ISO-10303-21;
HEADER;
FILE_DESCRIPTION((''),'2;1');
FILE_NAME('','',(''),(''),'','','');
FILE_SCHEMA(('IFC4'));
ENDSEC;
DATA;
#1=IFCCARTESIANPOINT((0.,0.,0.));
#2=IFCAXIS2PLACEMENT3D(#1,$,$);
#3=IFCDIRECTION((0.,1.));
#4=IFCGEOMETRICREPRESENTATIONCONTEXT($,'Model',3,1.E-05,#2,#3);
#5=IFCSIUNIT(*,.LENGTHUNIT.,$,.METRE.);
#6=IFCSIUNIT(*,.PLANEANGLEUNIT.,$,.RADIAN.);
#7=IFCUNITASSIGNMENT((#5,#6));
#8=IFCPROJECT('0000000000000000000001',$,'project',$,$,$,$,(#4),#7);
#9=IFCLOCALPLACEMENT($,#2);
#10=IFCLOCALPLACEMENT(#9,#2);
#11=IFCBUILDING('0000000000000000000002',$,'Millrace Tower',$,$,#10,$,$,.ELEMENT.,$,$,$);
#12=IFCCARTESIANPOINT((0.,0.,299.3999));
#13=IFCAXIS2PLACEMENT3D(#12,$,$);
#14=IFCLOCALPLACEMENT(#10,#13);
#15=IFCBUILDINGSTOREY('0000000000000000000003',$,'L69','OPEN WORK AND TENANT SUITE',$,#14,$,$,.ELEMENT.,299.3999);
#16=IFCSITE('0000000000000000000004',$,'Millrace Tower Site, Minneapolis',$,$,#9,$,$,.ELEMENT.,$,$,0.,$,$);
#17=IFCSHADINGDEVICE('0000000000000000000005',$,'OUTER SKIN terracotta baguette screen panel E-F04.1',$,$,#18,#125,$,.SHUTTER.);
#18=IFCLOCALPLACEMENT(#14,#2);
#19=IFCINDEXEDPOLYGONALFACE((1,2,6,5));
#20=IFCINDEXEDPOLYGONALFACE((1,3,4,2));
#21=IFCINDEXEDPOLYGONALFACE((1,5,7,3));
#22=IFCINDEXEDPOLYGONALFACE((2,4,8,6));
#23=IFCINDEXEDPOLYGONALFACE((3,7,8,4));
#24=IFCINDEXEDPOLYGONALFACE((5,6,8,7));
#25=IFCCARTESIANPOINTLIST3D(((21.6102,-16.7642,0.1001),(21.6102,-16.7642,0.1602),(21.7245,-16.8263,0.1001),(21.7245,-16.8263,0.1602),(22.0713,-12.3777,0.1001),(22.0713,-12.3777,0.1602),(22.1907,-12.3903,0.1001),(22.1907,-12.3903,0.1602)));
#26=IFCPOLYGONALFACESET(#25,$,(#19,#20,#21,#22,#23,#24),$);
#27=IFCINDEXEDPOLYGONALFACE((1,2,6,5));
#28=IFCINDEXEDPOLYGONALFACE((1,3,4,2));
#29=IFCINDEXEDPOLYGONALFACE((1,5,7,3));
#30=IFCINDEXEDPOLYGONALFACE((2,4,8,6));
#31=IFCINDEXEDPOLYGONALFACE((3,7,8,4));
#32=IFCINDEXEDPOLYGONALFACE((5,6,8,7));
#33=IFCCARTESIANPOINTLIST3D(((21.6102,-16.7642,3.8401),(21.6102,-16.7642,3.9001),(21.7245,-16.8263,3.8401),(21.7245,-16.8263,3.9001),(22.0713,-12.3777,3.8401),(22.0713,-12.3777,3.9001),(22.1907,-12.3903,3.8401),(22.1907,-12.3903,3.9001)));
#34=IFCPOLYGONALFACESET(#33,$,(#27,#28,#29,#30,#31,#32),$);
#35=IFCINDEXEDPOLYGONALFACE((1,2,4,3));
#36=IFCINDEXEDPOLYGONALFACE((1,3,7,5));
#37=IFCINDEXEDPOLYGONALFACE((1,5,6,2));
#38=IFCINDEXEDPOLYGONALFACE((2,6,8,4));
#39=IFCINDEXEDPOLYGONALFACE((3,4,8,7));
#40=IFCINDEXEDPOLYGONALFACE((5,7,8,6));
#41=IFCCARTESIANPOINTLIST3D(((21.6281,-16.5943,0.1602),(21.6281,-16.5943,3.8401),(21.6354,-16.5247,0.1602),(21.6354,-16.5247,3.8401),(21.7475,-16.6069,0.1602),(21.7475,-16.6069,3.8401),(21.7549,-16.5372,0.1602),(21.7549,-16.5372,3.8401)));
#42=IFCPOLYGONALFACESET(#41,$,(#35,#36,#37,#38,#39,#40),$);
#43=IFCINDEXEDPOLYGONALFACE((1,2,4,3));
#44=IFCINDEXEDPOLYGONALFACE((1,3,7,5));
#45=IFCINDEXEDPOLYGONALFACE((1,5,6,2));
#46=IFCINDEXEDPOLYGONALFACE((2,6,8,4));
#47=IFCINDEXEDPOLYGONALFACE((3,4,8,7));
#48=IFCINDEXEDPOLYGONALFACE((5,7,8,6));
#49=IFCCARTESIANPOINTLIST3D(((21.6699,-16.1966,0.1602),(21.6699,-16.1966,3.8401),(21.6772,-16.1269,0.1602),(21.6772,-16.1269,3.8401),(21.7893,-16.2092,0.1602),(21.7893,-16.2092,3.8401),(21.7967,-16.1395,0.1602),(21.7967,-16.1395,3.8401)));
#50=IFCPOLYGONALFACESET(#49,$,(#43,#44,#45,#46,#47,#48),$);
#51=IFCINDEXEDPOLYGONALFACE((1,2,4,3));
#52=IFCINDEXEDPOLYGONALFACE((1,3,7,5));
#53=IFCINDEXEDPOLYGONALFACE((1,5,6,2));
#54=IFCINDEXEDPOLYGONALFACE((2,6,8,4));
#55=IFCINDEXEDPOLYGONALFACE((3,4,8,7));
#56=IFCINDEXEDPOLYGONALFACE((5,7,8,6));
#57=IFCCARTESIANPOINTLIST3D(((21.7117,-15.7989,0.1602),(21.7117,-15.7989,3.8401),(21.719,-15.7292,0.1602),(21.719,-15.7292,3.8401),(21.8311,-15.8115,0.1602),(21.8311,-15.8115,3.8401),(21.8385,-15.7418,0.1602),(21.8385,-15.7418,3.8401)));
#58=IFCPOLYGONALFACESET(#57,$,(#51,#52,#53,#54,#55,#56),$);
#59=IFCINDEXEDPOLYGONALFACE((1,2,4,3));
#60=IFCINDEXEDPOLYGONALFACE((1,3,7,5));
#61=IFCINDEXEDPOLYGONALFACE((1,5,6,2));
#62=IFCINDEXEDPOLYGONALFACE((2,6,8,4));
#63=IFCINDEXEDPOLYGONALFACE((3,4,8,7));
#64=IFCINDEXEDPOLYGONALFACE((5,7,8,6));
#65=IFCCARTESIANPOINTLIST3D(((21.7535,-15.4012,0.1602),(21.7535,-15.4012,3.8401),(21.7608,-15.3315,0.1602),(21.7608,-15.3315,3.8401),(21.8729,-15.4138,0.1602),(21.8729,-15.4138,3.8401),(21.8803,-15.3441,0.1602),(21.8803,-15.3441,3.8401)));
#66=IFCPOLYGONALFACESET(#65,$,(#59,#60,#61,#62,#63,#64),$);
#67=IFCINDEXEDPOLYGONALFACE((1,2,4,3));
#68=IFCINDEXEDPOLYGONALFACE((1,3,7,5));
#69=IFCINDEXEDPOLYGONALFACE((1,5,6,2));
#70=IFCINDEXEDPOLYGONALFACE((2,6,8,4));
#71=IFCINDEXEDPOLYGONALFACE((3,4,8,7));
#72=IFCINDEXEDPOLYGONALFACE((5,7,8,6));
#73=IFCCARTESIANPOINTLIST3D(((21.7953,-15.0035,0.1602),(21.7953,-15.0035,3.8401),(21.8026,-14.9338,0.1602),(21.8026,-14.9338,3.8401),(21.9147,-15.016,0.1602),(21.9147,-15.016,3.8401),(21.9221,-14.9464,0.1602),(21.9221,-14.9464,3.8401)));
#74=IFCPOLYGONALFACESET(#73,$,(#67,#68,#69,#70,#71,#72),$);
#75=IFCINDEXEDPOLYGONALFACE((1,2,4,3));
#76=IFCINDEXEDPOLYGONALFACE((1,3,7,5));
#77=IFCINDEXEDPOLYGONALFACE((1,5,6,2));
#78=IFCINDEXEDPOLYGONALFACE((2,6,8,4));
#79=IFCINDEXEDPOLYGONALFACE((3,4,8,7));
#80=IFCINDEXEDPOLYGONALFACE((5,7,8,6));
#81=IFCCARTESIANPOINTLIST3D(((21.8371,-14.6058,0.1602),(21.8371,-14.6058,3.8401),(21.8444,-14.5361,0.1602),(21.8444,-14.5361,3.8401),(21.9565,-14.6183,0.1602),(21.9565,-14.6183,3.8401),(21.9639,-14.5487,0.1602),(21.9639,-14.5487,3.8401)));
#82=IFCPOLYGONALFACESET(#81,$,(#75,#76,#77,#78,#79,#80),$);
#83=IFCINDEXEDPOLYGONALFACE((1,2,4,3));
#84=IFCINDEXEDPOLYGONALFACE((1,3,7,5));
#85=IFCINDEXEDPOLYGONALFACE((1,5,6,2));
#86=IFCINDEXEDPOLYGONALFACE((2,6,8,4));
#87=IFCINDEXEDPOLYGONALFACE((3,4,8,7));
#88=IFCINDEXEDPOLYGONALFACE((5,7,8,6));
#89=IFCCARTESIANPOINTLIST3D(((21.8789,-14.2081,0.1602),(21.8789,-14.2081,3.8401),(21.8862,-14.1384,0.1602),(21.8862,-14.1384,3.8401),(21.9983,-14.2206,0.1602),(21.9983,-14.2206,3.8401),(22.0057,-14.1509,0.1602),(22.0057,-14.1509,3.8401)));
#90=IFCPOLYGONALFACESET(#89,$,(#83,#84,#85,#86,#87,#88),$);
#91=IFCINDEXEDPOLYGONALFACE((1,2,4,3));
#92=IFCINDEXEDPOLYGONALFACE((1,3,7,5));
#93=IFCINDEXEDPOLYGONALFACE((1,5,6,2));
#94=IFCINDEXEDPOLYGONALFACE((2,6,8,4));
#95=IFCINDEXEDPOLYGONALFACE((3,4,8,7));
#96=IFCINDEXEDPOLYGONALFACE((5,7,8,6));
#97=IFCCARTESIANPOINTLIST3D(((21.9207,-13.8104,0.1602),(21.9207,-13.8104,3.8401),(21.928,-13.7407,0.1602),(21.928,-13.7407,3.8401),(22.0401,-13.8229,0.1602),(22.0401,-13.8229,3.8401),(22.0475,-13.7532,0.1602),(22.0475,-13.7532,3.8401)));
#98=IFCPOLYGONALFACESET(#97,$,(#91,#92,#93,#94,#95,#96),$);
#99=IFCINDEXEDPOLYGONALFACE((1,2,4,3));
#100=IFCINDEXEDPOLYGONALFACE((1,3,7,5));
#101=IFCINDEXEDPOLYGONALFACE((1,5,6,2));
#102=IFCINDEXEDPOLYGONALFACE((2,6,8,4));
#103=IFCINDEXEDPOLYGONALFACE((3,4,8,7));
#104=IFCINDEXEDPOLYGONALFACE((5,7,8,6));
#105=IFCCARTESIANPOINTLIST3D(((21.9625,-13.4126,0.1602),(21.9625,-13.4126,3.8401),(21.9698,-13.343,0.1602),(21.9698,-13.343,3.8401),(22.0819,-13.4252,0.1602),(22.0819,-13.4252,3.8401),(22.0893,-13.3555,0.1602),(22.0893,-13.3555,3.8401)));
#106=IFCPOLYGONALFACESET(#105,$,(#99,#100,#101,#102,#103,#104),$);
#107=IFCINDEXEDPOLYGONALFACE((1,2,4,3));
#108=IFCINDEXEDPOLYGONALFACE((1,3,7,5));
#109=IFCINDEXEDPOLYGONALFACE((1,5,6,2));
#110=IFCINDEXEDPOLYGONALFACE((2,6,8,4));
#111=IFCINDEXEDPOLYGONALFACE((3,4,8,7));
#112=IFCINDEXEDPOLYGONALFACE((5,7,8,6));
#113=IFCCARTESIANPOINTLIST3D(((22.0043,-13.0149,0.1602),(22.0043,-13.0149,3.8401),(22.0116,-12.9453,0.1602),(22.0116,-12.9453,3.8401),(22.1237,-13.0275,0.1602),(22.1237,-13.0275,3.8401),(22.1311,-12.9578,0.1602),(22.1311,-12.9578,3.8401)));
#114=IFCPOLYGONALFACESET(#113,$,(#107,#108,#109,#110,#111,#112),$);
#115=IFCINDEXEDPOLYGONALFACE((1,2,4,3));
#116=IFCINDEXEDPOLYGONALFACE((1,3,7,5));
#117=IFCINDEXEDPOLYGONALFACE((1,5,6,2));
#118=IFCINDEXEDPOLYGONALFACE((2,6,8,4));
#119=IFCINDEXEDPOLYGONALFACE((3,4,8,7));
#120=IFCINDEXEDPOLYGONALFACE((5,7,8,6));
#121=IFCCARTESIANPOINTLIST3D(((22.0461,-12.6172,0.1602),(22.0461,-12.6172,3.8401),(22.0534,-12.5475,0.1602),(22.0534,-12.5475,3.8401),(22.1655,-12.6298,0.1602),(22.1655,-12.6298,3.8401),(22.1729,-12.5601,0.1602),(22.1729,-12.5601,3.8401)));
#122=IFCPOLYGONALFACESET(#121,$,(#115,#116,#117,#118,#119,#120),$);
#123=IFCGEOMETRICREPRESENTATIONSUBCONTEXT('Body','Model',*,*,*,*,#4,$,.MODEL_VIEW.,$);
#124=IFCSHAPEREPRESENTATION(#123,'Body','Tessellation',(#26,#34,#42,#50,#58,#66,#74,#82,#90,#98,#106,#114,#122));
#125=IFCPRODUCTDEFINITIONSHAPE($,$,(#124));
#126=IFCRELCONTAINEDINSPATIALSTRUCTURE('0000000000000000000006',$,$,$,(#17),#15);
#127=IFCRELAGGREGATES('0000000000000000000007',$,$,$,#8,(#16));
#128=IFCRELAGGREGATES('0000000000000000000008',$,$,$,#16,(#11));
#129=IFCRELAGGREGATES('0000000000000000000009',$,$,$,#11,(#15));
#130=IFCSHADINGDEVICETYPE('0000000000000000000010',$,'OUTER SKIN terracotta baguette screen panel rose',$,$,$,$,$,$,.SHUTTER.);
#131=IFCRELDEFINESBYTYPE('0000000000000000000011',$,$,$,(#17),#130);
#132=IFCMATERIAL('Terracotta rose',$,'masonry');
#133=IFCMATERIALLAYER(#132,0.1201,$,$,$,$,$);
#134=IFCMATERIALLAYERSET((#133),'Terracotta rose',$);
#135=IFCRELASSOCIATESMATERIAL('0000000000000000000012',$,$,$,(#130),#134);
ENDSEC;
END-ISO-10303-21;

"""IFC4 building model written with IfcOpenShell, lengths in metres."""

from ifc_helpers import new_model, entity, si_unit, direction, frame, frame_2d, origin, place, context, subcontext, project, spatial, rectangle, extrude, source, transform, mapped, material, layer, layer_set, type_object, element, save


model = new_model("IFC4")

# Units and contexts
model_context = context("Model", 3, precision=1e-05, world=origin(), true_north=direction((0.0, 1.0)))
body_context = subcontext(model_context, "Body", "Model", "MODEL_VIEW")
ifc_project = project(units=[si_unit("LENGTHUNIT", "METRE"), si_unit("PLANEANGLEUNIT", "RADIAN")], contexts=[model_context])

# Site, building, storey
site_placement = place(None, origin())
site = spatial("IfcSite", under=ifc_project, at=site_placement, Name="Millrace Tower Site, Minneapolis", CompositionType="ELEMENT", RefElevation=0.0)
building_placement = place(site_placement, origin())
building = spatial("IfcBuilding", under=site, at=building_placement, Name="Millrace Tower", CompositionType="ELEMENT")
storey_placement = place(building_placement, frame((0.0, 0.0, 299.3999)))
storey = spatial("IfcBuildingStorey", under=building, at=storey_placement, Name="L69", Description="OPEN WORK AND TENANT SUITE", CompositionType="ELEMENT", Elevation=299.3999)

# Shading device
ifc_material_1 = material(Name="Terracotta rose", Category="masonry")
ifc_layer_1 = layer(ifc_material_1, 0.1201)
ifc_layer_set_1 = layer_set([ifc_layer_1], Name="Terracotta rose")
shading_device_type = type_object("IfcShadingDeviceType", Name="OUTER SKIN terracotta baguette screen panel rose", PredefinedType="SHUTTER", material=ifc_layer_set_1)
cartesian_point_1 = entity("IfcCartesianPoint", [-2.1929, 0.0601])
shared_polyline_1 = entity("IfcPolyline", [cartesian_point_1, entity("IfcCartesianPoint", [2.2178, 0.0601]), entity("IfcCartesianPoint", [2.2178, -0.0601]), entity("IfcCartesianPoint", [-2.2427, -0.0601]), cartesian_point_1])
shared_shape_1 = source(origin(), body_context, "Body", "SweptSolid", [
    entity("IfcExtrudedAreaSolid", entity("IfcArbitraryClosedProfileDef", "AREA", None, shared_polyline_1), entity("IfcAxis2Placement3D", entity("IfcCartesianPoint", [0.0, 0.0, 0.0])), entity("IfcDirection", [0.0, 0.0, 1.0]), 0.0601),
    entity("IfcExtrudedAreaSolid", entity("IfcArbitraryClosedProfileDef", "AREA", None, shared_polyline_1), entity("IfcAxis2Placement3D", entity("IfcCartesianPoint", [0.0, 0.0, 3.74])), entity("IfcDirection", [0.0, 0.0, 1.0]), 0.0601),
    extrude(rectangle(XDim=0.0701, YDim=0.1201, at=frame_2d((-1.9871, 0.0))), frame((0.0, 0.0, 0.0601)), (0.0, 0.0, 1.0), 3.6799),
    extrude(rectangle(XDim=0.0701, YDim=0.1201, at=frame_2d((-1.5872, 0.0))), frame((0.0, 0.0, 0.0601)), (0.0, 0.0, 1.0), 3.6799),
    extrude(rectangle(XDim=0.0701, YDim=0.1201, at=frame_2d((-1.1873, 0.0))), frame((0.0, 0.0, 0.0601)), (0.0, 0.0, 1.0), 3.6799),
    extrude(rectangle(XDim=0.0701, YDim=0.1201, at=frame_2d((-0.7874, 0.0))), frame((0.0, 0.0, 0.0601)), (0.0, 0.0, 1.0), 3.6799),
    extrude(rectangle(XDim=0.0701, YDim=0.1201, at=frame_2d((-0.3875, 0.0))), frame((0.0, 0.0, 0.0601)), (0.0, 0.0, 1.0), 3.6799),
    extrude(rectangle(XDim=0.0701, YDim=0.1201, at=frame_2d((0.0125, 0.0))), frame((0.0, 0.0, 0.0601)), (0.0, 0.0, 1.0), 3.6799),
    extrude(rectangle(XDim=0.0701, YDim=0.1201, at=frame_2d((0.4124, 0.0))), frame((0.0, 0.0, 0.0601)), (0.0, 0.0, 1.0), 3.6799),
    extrude(rectangle(XDim=0.0701, YDim=0.1201, at=frame_2d((0.8123, 0.0))), frame((0.0, 0.0, 0.0601)), (0.0, 0.0, 1.0), 3.6799),
    extrude(rectangle(XDim=0.0701, YDim=0.1201, at=frame_2d((1.2122, 0.0))), frame((0.0, 0.0, 0.0601)), (0.0, 0.0, 1.0), 3.6799),
    extrude(rectangle(XDim=0.0701, YDim=0.1201, at=frame_2d((1.6121, 0.0))), frame((0.0, 0.0, 0.0601)), (0.0, 0.0, 1.0), 3.6799),
    extrude(rectangle(XDim=0.0701, YDim=0.1201, at=frame_2d((2.012, 0.0))), frame((0.0, 0.0, 0.0601)), (0.0, 0.0, 1.0), 3.6799),
])
shading_device_1_placement = place(storey_placement, frame((21.8992, -14.5896, 0.1001), z_axis=(0.0, 0.0, 1.0), x_axis=(0.104528, 0.994522, 0.0)))
element("IfcShadingDevice", 1, at=shading_device_1_placement, inside=storey, type_object=shading_device_type, Name="OUTER SKIN terracotta baguette screen panel E-F04.1", PredefinedType="SHUTTER", context=body_context, shape_type="MappedRepresentation", body=[
    mapped(shared_shape_1, transform((0.0, 0.0, 0.0), scale=1.0)),
])

save(model, "model.ifc")
